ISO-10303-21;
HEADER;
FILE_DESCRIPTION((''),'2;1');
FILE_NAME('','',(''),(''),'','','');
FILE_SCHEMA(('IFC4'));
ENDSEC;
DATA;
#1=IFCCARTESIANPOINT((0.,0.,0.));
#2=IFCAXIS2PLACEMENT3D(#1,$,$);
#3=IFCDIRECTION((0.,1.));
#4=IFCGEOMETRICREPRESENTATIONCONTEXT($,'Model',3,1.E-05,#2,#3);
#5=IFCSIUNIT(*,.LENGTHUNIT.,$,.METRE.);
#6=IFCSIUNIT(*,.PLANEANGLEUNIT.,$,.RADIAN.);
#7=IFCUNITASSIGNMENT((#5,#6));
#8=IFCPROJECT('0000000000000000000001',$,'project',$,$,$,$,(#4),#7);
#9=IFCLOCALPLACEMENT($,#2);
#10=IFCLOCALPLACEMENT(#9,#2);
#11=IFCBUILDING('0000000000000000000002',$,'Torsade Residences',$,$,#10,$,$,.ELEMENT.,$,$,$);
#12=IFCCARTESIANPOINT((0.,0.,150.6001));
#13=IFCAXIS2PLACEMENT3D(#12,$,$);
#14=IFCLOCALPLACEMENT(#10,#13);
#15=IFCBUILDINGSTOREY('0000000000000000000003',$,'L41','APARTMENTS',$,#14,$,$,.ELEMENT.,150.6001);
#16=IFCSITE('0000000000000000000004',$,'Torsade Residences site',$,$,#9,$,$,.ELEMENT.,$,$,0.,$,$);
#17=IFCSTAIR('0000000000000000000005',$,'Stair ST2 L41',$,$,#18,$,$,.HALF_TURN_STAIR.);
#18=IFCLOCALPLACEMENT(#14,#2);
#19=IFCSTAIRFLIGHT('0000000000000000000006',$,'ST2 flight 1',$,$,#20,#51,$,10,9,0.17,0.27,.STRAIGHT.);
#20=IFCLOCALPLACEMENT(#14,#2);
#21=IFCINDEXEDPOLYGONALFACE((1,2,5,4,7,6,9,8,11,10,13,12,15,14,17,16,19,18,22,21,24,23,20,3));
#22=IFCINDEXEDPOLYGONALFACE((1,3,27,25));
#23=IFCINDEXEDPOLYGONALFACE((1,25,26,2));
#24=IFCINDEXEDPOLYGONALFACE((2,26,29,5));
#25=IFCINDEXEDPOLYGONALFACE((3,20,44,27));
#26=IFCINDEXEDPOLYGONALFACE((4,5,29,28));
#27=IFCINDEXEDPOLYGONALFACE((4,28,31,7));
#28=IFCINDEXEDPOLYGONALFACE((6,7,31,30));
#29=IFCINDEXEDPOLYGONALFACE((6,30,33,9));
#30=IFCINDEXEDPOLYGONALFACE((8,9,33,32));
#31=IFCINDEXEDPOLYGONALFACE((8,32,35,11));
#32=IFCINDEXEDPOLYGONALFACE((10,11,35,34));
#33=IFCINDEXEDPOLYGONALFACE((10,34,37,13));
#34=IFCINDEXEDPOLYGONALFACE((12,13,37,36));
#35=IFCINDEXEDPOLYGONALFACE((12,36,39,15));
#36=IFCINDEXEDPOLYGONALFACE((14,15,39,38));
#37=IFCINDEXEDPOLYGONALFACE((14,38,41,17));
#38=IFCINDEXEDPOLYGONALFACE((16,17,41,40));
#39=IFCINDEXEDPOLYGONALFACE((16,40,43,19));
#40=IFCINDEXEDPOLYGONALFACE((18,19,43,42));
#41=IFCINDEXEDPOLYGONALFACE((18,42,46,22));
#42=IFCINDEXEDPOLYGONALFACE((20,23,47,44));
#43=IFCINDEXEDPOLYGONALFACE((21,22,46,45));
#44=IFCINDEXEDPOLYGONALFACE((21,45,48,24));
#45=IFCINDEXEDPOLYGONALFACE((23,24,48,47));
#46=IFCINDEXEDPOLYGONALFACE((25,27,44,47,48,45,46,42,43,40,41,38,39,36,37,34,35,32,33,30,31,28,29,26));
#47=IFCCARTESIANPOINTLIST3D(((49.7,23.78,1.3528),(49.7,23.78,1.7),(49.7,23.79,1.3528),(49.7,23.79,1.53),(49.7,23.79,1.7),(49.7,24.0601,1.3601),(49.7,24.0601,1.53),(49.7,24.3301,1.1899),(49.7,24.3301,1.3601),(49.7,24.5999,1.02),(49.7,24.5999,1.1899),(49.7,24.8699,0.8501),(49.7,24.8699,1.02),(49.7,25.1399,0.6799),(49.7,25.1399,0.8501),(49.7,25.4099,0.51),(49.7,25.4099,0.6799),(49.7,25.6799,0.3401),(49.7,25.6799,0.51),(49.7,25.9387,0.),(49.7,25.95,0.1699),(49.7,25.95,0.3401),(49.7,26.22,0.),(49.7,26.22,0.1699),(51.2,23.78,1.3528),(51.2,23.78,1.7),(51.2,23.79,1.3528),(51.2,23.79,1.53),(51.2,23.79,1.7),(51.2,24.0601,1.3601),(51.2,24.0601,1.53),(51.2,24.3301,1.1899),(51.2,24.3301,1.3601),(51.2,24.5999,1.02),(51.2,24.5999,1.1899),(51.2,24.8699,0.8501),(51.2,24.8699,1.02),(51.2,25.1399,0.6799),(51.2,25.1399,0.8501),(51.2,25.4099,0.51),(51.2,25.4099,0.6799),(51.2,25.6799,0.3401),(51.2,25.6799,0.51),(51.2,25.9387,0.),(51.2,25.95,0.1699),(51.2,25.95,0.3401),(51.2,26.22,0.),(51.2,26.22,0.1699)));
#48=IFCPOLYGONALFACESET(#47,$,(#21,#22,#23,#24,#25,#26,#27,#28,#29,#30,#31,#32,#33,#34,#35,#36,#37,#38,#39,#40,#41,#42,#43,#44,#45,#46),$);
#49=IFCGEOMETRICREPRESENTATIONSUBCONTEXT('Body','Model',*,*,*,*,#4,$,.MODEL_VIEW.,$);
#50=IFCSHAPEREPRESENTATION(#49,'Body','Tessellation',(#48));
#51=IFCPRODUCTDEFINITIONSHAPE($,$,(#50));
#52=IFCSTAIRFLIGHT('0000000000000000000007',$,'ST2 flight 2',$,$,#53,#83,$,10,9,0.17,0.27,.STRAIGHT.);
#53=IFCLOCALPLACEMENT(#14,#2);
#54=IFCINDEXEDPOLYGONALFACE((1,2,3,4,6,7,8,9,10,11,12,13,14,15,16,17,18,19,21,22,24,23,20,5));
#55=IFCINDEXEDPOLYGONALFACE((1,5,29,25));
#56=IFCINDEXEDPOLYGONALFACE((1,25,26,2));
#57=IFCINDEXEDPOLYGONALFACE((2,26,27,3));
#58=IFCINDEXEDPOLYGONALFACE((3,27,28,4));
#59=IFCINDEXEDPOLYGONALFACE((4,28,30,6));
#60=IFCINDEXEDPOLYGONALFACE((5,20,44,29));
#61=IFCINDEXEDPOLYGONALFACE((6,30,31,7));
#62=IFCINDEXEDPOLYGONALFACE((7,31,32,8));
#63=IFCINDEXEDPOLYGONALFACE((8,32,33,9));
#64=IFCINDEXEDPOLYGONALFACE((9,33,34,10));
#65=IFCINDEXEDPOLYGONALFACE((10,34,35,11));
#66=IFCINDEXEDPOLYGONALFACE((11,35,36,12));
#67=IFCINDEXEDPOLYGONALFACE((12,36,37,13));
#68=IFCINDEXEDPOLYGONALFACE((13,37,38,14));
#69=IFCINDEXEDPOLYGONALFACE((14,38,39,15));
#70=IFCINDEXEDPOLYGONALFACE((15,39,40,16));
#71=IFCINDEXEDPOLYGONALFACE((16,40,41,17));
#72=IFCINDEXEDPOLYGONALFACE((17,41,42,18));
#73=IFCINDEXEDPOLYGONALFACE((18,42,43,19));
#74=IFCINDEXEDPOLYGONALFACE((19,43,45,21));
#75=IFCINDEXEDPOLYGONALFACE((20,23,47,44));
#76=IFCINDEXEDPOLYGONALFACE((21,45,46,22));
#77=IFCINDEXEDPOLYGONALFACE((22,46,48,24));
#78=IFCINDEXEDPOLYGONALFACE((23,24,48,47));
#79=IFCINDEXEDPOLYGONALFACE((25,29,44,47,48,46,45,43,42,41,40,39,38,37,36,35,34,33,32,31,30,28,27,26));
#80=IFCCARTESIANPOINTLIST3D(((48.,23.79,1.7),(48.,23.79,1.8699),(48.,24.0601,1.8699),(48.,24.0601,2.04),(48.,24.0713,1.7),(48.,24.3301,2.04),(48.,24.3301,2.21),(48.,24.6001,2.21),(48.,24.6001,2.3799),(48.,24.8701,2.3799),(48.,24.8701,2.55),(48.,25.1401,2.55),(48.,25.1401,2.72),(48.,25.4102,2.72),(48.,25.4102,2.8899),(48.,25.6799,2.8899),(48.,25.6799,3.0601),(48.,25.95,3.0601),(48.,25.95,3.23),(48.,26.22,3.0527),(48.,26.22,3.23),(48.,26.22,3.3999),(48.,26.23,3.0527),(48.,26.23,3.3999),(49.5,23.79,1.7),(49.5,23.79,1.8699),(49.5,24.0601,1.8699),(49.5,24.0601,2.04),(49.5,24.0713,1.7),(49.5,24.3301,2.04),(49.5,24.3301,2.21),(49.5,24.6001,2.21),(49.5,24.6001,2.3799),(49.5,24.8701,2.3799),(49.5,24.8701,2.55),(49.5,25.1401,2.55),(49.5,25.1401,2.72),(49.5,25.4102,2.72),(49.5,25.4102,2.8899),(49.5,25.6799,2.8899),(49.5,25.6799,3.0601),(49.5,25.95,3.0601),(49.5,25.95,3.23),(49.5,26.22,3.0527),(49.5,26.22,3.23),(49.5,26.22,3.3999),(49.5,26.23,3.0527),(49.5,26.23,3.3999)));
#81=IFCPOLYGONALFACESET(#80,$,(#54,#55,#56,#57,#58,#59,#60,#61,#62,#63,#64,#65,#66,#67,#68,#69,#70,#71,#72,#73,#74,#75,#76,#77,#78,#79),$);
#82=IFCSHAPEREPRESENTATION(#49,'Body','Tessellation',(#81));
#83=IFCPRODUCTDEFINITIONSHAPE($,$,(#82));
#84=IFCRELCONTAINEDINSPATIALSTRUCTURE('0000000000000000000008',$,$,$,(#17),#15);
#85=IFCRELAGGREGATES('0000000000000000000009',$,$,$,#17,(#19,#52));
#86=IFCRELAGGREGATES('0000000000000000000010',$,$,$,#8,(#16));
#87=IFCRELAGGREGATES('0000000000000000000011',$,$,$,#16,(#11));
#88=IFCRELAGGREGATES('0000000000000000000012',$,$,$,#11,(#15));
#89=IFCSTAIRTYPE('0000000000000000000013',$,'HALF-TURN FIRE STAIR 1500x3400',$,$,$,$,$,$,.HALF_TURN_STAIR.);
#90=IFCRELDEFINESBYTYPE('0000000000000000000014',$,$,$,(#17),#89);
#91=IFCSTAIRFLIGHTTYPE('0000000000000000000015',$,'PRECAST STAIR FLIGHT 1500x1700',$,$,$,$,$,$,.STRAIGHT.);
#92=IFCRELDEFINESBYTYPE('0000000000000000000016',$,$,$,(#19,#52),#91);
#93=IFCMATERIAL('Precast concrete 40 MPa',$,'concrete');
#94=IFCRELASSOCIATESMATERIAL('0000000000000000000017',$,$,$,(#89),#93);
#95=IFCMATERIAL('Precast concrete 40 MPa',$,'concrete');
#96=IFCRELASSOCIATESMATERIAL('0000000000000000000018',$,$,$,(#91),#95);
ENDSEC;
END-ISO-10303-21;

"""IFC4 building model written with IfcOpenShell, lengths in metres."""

from ifc_helpers import new_model, si_unit, direction, frame, origin, place, context, subcontext, project, spatial, polyline, outline, extrude, material, type_object, element, aggregate, save


model = new_model("IFC4")

# Units and contexts
model_context = context("Model", 3, precision=1e-05, world=origin(), true_north=direction((0.0, 1.0)))
body_context = subcontext(model_context, "Body", "Model", "MODEL_VIEW")
ifc_project = project(units=[si_unit("LENGTHUNIT", "METRE"), si_unit("PLANEANGLEUNIT", "RADIAN")], contexts=[model_context])

# Site, building, storey
site_placement = place(None, origin())
site = spatial("IfcSite", under=ifc_project, at=site_placement, Name="Torsade Residences site", CompositionType="ELEMENT", RefElevation=0.0)
building_placement = place(site_placement, origin())
building = spatial("IfcBuilding", under=site, at=building_placement, Name="Torsade Residences", CompositionType="ELEMENT")
storey_placement = place(building_placement, frame((0.0, 0.0, 150.6001)))
storey = spatial("IfcBuildingStorey", under=building, at=storey_placement, Name="L41", Description="APARTMENTS", CompositionType="ELEMENT", Elevation=150.6001)

# Stair, stair flights
ifc_material_1 = material(Name="Precast concrete 40 MPa", Category="concrete")
stair_type = type_object("IfcStairType", Name="HALF-TURN FIRE STAIR 1500x3400", PredefinedType="HALF_TURN_STAIR", material=ifc_material_1)
stair_placement = place(storey_placement, origin())
stair = element("IfcStair", 1, at=stair_placement, inside=storey, type_object=stair_type, Name="Stair ST2 L41", PredefinedType="HALF_TURN_STAIR")
ifc_material_2 = material(Name="Precast concrete 40 MPa", Category="concrete")
stair_flight_type = type_object("IfcStairFlightType", Name="PRECAST STAIR FLIGHT 1500x1700", PredefinedType="STRAIGHT", material=ifc_material_2)
stair_flight_1_placement = place(storey_placement, frame((50.45, 26.22, 0.0), z_axis=(0.0, 0.0, 1.0), x_axis=(0.0, -1.0, 0.0)))
stair_flight_1 = element("IfcStairFlight", 2, at=stair_flight_1_placement, type_object=stair_flight_type, Name="ST2 flight 1", NumberOfRisers=10, NumberOfTreads=9, PredefinedType="STRAIGHT", RiserHeight=0.17, TreadLength=0.27, context=body_context, shape_type="SweptSolid", body=[
    extrude(outline(polyline([(0.0, 0.0), (0.0, 0.1699), (0.27, 0.1699), (0.27, 0.3401), (0.54, 0.3401), (0.54, 0.51), (0.8101, 0.51), (0.8101, 0.6799), (1.0801, 0.6799), (1.0801, 0.8501), (1.3501, 0.8501), (1.3501, 1.02), (1.6201, 1.02), (1.6201, 1.1899), (1.8899, 1.1899), (1.8899, 1.3601), (2.1599, 1.3601), (2.1599, 1.53), (2.4299, 1.53), (2.4299, 1.7), (2.4399, 1.7), (2.4399, 1.3528), (2.4299, 1.3528), (0.2812, 0.0), (0.0, 0.0)])), frame((0.0, 0.75, 0.0), z_axis=(0.0, -1.0, 0.0), x_axis=(1.0, 0.0, 0.0)), (0.0, 0.0, 1.0), 1.5),
])
stair_flight_2_placement = place(storey_placement, frame((48.75, 23.79, 1.7), z_axis=(0.0, 0.0, 1.0), x_axis=(0.0, 1.0, 0.0)))
stair_flight_2 = element("IfcStairFlight", 3, at=stair_flight_2_placement, type_object=stair_flight_type, Name="ST2 flight 2", NumberOfRisers=10, NumberOfTreads=9, PredefinedType="STRAIGHT", RiserHeight=0.17, TreadLength=0.27, context=body_context, shape_type="SweptSolid", body=[
    extrude(outline(polyline([(0.0, 0.0), (0.0, 0.1699), (0.27, 0.1699), (0.27, 0.3401), (0.54, 0.3401), (0.54, 0.51), (0.8101, 0.51), (0.8101, 0.6799), (1.0801, 0.6799), (1.0801, 0.8501), (1.3501, 0.8501), (1.3501, 1.02), (1.6201, 1.02), (1.6201, 1.1899), (1.8899, 1.1899), (1.8899, 1.3601), (2.1599, 1.3601), (2.1599, 1.53), (2.4299, 1.53), (2.4299, 1.7), (2.4399, 1.7), (2.4399, 1.3528), (2.4299, 1.3528), (0.2812, 0.0), (0.0, 0.0)])), frame((0.0, 0.75, 0.0), z_axis=(0.0, -1.0, 0.0), x_axis=(1.0, 0.0, 0.0)), (0.0, 0.0, 1.0), 1.5),
])
aggregate(stair, [stair_flight_1, stair_flight_2])

save(model, "model.ifc")
